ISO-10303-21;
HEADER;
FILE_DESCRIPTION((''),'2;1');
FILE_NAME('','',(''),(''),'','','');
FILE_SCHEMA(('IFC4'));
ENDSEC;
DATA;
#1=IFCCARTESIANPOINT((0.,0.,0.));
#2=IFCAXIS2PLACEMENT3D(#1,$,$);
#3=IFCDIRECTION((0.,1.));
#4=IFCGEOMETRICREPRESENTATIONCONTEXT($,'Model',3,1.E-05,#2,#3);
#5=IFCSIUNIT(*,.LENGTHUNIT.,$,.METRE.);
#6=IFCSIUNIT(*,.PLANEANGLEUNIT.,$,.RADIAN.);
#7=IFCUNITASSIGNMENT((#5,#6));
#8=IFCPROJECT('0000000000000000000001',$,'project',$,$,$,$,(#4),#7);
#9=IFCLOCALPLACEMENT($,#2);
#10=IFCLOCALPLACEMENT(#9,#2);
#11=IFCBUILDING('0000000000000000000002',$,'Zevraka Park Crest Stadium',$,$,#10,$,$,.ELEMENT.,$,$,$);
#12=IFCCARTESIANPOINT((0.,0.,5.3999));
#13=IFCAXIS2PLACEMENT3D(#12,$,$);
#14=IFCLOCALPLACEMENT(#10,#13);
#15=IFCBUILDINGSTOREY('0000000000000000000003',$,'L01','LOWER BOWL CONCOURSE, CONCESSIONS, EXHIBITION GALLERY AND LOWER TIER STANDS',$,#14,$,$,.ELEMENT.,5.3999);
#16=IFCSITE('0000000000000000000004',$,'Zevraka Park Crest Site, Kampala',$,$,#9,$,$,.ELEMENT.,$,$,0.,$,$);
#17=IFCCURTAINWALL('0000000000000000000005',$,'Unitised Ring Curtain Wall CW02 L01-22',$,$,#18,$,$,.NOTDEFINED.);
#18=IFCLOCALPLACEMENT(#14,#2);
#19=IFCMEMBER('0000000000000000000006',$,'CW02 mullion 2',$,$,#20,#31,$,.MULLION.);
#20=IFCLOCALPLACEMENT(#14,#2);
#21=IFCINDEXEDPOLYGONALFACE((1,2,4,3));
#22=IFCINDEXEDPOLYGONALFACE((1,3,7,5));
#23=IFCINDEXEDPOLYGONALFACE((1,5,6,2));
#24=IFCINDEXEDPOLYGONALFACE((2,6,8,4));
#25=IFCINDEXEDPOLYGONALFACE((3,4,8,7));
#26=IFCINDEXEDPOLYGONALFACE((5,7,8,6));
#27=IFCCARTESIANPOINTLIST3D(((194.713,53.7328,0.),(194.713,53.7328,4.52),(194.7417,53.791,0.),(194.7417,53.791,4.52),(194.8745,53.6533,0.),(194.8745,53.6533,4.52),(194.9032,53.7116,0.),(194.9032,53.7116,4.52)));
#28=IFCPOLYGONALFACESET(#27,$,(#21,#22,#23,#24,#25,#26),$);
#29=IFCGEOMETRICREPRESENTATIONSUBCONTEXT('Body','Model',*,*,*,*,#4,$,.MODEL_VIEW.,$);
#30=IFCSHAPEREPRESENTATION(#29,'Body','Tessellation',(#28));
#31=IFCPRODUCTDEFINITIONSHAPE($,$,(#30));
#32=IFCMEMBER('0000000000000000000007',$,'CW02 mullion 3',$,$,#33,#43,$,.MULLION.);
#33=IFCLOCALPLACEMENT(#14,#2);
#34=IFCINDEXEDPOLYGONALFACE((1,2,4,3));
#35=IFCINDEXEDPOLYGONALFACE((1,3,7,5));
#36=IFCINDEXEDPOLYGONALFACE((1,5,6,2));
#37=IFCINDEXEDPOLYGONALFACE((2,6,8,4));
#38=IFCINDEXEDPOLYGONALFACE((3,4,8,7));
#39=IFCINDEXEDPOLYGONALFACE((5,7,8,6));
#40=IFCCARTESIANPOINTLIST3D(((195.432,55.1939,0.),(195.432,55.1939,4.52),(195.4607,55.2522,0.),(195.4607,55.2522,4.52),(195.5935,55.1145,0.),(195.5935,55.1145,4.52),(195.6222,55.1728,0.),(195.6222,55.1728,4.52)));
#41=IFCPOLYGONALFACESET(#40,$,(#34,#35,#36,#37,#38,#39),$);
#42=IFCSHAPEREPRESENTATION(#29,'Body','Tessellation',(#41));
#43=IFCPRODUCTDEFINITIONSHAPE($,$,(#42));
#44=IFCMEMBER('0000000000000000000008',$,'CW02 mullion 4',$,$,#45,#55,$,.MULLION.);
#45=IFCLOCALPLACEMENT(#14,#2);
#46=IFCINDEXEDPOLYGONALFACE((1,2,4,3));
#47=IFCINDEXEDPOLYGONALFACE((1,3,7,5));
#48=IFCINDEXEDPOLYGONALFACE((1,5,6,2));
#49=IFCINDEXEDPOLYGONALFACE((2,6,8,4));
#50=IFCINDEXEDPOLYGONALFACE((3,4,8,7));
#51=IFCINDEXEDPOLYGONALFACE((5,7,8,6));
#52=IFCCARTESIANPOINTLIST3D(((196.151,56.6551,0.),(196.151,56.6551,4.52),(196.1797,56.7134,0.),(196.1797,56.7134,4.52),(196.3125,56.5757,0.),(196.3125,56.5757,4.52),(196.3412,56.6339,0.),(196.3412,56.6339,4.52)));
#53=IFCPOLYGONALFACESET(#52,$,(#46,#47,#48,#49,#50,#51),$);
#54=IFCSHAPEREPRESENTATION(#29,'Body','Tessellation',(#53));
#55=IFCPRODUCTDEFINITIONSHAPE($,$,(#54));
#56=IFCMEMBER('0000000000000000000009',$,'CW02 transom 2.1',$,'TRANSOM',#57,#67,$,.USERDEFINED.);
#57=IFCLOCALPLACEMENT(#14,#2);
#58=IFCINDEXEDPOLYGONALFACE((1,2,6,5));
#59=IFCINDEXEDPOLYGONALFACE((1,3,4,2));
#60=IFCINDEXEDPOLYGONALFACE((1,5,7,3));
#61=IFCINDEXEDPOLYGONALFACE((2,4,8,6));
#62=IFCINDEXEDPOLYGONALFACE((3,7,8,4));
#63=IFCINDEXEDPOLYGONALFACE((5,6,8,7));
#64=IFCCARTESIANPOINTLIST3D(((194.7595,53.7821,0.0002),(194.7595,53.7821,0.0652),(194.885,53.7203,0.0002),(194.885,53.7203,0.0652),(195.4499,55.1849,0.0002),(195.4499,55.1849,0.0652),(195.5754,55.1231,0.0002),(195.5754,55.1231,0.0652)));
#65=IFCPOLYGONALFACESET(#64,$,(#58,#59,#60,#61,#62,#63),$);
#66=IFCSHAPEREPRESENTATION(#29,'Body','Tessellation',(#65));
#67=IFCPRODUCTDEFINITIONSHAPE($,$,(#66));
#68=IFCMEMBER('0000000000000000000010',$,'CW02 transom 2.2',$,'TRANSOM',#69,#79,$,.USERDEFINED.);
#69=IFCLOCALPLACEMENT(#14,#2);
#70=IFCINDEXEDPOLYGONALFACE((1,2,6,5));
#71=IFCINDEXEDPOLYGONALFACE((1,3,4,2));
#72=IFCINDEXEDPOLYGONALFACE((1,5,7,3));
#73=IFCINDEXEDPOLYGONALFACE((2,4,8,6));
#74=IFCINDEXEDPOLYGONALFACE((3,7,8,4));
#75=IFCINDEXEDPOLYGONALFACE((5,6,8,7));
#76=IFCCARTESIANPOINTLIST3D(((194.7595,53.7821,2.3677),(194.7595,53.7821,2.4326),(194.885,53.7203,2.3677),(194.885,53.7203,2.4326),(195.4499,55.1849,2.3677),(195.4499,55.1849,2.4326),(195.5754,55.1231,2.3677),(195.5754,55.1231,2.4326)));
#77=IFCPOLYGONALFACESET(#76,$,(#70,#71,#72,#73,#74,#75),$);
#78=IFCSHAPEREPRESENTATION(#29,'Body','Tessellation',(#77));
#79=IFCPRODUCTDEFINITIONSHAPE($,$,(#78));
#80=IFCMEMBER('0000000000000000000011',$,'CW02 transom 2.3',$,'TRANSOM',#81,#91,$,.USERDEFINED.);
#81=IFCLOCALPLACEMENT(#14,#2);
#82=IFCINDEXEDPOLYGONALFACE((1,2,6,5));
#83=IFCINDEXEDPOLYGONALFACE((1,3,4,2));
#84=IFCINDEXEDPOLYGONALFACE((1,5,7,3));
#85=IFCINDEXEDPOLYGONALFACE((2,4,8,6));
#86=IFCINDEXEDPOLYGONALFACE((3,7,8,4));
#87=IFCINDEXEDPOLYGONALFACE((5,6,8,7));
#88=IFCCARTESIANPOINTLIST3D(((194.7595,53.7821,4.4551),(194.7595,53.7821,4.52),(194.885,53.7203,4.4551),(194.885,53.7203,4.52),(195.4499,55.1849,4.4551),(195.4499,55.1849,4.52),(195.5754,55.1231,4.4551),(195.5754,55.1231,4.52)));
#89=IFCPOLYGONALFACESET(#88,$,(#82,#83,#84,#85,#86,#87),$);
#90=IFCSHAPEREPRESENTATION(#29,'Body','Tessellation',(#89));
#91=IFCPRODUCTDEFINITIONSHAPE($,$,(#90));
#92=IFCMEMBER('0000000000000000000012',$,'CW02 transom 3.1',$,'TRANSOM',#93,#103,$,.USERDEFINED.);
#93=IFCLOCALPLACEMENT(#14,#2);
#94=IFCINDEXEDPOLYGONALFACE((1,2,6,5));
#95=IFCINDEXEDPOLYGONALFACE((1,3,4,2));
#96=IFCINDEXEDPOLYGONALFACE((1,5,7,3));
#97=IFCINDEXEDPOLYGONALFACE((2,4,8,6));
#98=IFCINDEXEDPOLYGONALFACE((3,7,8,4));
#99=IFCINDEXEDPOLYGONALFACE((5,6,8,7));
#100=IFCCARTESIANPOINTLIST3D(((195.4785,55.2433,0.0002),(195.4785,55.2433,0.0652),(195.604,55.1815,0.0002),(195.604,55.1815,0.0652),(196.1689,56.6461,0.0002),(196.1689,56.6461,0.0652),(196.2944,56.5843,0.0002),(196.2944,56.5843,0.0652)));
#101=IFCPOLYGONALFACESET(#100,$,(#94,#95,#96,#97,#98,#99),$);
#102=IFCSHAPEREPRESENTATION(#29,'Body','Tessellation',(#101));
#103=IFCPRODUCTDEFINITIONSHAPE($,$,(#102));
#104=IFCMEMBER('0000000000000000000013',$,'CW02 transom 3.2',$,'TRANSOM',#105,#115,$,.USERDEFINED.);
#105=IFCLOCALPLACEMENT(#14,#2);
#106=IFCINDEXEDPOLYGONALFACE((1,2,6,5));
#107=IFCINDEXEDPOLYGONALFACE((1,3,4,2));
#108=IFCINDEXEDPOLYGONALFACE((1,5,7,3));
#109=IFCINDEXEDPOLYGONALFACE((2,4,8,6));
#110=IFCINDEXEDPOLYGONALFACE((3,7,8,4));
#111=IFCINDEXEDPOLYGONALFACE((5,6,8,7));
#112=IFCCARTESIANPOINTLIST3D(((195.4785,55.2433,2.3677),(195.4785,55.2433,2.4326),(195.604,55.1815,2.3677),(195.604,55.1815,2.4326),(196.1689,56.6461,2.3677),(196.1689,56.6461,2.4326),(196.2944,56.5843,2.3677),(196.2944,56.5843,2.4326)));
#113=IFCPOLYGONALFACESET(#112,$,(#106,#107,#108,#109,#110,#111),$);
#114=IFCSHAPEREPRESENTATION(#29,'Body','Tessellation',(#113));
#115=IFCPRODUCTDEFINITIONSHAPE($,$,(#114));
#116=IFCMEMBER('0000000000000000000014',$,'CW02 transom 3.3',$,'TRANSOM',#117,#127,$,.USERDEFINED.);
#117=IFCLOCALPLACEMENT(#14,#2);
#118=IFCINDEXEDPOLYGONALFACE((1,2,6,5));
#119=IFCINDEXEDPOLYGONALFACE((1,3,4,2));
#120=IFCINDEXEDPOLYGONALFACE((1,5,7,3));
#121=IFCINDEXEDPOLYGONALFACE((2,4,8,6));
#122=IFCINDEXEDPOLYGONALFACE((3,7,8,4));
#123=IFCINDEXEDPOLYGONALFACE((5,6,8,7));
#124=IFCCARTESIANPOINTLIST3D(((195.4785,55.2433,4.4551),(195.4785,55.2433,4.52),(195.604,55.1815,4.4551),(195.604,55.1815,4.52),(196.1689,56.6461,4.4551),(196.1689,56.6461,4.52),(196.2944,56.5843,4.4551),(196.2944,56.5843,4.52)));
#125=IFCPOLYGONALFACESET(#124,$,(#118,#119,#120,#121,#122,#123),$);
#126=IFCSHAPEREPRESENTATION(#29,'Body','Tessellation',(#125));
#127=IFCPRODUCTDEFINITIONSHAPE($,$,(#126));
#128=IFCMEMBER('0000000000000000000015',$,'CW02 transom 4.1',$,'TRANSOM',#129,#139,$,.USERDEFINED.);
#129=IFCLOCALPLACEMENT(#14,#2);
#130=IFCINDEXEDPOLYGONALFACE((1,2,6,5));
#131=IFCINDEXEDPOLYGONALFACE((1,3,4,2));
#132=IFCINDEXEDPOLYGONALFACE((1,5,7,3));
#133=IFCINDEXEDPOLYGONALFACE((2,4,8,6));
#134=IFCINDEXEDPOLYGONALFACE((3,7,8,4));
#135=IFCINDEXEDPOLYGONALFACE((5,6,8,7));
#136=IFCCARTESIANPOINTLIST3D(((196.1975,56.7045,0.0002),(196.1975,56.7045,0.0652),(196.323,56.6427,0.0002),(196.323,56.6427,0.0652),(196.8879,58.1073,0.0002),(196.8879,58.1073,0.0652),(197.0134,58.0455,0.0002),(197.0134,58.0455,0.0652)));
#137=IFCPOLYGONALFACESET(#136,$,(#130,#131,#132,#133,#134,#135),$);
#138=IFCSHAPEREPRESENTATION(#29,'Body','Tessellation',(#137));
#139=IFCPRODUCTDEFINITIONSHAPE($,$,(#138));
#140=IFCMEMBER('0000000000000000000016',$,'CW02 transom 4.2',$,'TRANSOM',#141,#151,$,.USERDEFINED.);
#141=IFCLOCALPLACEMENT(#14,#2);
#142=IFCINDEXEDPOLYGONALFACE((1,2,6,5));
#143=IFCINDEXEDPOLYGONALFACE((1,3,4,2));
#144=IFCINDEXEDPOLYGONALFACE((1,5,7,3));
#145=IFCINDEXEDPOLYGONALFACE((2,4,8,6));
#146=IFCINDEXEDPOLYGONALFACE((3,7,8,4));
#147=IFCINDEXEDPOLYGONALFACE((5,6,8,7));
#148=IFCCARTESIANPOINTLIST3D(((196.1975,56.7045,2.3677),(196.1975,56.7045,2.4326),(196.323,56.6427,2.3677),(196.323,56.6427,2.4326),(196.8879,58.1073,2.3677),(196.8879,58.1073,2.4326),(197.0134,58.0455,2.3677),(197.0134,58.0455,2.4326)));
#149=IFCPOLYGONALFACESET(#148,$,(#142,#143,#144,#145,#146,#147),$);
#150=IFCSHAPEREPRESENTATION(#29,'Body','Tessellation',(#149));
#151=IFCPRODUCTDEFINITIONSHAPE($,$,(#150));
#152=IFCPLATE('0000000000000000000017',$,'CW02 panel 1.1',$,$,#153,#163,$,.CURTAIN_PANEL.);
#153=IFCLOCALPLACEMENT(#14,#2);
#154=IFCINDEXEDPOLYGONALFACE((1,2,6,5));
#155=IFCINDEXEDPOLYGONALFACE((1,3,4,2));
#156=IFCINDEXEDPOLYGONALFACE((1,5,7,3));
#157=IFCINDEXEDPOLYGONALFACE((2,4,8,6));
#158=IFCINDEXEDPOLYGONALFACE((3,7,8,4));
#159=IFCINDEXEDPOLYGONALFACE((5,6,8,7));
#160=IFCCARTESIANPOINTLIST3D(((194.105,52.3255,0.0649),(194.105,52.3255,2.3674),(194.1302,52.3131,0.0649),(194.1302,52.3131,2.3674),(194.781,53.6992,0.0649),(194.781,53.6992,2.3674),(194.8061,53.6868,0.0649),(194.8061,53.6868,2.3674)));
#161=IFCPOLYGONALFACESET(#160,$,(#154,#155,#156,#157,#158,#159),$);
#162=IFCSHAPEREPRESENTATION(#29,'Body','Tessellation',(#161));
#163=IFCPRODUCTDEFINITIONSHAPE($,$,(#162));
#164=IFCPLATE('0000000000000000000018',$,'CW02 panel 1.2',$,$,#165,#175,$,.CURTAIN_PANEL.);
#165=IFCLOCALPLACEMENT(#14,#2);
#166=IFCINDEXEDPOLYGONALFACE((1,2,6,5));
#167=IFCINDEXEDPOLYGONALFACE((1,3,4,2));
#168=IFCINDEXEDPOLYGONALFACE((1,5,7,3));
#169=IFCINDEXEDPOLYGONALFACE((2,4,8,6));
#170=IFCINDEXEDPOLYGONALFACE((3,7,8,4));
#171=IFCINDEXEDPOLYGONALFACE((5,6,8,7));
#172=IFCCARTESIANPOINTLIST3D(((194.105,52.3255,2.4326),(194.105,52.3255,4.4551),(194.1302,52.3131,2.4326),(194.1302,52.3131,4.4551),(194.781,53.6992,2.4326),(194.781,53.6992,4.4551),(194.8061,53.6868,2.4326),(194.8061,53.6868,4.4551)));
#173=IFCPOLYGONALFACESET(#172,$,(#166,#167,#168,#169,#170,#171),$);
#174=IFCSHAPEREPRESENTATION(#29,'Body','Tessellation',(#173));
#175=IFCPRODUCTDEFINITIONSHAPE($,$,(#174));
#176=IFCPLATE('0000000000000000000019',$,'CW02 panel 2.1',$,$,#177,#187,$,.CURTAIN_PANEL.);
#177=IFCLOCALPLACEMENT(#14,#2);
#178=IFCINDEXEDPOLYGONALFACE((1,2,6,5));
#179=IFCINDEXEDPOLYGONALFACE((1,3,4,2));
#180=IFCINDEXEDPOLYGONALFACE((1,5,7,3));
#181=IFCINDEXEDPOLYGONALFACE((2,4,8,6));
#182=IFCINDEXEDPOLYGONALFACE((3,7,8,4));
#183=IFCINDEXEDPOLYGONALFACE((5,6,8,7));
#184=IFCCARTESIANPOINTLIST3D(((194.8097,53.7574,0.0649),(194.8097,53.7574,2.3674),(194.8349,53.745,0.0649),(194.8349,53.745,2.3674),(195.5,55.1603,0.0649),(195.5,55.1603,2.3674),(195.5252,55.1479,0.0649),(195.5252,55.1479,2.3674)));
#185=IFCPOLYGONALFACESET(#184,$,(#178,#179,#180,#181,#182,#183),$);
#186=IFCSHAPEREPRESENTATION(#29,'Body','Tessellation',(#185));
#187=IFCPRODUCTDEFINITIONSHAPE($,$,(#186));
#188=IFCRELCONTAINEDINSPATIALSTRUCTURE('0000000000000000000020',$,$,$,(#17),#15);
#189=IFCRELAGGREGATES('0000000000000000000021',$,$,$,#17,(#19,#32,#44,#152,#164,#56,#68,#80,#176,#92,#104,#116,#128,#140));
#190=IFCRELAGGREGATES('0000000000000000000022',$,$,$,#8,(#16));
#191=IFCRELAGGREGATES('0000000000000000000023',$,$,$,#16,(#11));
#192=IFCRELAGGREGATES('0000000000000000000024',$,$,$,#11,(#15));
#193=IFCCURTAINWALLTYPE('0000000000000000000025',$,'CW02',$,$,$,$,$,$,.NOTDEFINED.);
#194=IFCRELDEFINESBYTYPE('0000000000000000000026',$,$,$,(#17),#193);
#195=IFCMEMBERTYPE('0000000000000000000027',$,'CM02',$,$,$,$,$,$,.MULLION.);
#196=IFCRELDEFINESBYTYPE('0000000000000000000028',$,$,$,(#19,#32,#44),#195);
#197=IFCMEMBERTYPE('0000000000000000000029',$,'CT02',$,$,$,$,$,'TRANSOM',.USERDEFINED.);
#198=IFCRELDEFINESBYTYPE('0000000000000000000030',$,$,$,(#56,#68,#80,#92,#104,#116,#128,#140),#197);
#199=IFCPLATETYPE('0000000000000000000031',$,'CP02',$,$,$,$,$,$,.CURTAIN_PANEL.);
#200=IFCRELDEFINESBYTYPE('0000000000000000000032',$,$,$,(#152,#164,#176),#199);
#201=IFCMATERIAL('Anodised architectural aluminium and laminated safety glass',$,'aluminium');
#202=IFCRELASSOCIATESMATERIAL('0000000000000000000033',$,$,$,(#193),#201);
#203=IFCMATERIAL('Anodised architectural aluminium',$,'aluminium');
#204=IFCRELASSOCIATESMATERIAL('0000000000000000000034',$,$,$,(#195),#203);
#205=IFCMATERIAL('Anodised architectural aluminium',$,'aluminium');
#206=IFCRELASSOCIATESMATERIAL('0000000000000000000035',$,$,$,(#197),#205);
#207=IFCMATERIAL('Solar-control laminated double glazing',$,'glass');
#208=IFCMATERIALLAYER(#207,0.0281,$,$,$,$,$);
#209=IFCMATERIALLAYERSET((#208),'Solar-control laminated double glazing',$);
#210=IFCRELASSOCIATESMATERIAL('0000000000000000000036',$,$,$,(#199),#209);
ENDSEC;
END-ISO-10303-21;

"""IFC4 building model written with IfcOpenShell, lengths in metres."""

from ifc_helpers import new_model, si_unit, direction, frame, origin, origin_2d, place, context, subcontext, project, spatial, rectangle, extrude, material, layer, layer_set, material_profile, profile_set, type_object, element, aggregate, save


model = new_model("IFC4")

# Units and contexts
model_context = context("Model", 3, precision=1e-05, world=origin(), true_north=direction((0.0, 1.0)))
body_context = subcontext(model_context, "Body", "Model", "MODEL_VIEW")
ifc_project = project(units=[si_unit("LENGTHUNIT", "METRE"), si_unit("PLANEANGLEUNIT", "RADIAN")], contexts=[model_context])

# Site, building, storey
site_placement = place(None, origin())
site = spatial("IfcSite", under=ifc_project, at=site_placement, Name="Zevraka Park Crest Site, Kampala", CompositionType="ELEMENT", RefElevation=0.0)
building_placement = place(site_placement, origin())
building = spatial("IfcBuilding", under=site, at=building_placement, Name="Zevraka Park Crest Stadium", CompositionType="ELEMENT")
storey_placement = place(building_placement, frame((0.0, 0.0, 5.3999)))
storey = spatial("IfcBuildingStorey", under=building, at=storey_placement, Name="L01", Description="LOWER BOWL CONCOURSE, CONCESSIONS, EXHIBITION GALLERY AND LOWER TIER STANDS", CompositionType="ELEMENT", Elevation=5.3999)

# Curtain wall, members, plates
ifc_material_1 = material(Name="Anodised architectural aluminium and laminated safety glass", Category="aluminium")
curtain_wall_type = type_object("IfcCurtainWallType", Name="CW02", PredefinedType="NOTDEFINED", material=ifc_material_1)
curtain_wall_placement = place(storey_placement, origin())
curtain_wall = element("IfcCurtainWall", 1, at=curtain_wall_placement, inside=storey, type_object=curtain_wall_type, Name="Unitised Ring Curtain Wall CW02 L01-22", PredefinedType="NOTDEFINED")
ifc_material_2 = material(Name="Anodised architectural aluminium", Category="aluminium")
ifc_material_profile_1 = material_profile(ifc_material_2, rectangle(XDim=0.1799, YDim=0.0649, at=origin_2d()), Name="ALU MULLION 180x65")
ifc_profile_set_1 = profile_set([ifc_material_profile_1], Name="Anodised architectural aluminium")
member_type_1 = type_object("IfcMemberType", Name="CM02", PredefinedType="MULLION", material=ifc_profile_set_1)
member_1_placement = place(storey_placement, frame((194.8081, 53.7222, 0.0), z_axis=(0.0, 0.0, 1.0), x_axis=(-0.897253, 0.441517, 0.0)))
member_1 = element("IfcMember", 2, at=member_1_placement, type_object=member_type_1, Name="CW02 mullion 2", PredefinedType="MULLION", context=body_context, shape_type="SweptSolid", body=[
    extrude(rectangle(XDim=0.1799, YDim=0.0649, at=origin_2d()), origin(), (0.0, 0.0, 1.0), 4.52),
])
member_2_placement = place(storey_placement, frame((195.5271, 55.1833, 0.0), z_axis=(0.0, 0.0, 1.0), x_axis=(-0.897253, 0.441517, 0.0)))
member_2 = element("IfcMember", 3, at=member_2_placement, type_object=member_type_1, Name="CW02 mullion 3", PredefinedType="MULLION", context=body_context, shape_type="SweptSolid", body=[
    extrude(rectangle(XDim=0.1799, YDim=0.0649, at=origin_2d()), origin(), (0.0, 0.0, 1.0), 4.52),
])
member_3_placement = place(storey_placement, frame((196.2461, 56.6445, 0.0), z_axis=(0.0, 0.0, 1.0), x_axis=(-0.897253, 0.441517, 0.0)))
member_3 = element("IfcMember", 4, at=member_3_placement, type_object=member_type_1, Name="CW02 mullion 4", PredefinedType="MULLION", context=body_context, shape_type="SweptSolid", body=[
    extrude(rectangle(XDim=0.1799, YDim=0.0649, at=origin_2d()), origin(), (0.0, 0.0, 1.0), 4.52),
])
ifc_material_3 = material(Name="Anodised architectural aluminium", Category="aluminium")
ifc_material_profile_2 = material_profile(ifc_material_3, rectangle(XDim=0.1399, YDim=0.0649, at=origin_2d()), Name="ALU TRANSOM 140x65")
ifc_profile_set_2 = profile_set([ifc_material_profile_2], Name="Anodised architectural aluminium")
member_type_2 = type_object("IfcMemberType", Name="CT02", ElementType="TRANSOM", PredefinedType="USERDEFINED", material=ifc_profile_set_2)
member_4_placement = place(storey_placement, frame((194.8223, 53.7512, 0.0327), z_axis=(0.441583, 0.89722, 0.0), x_axis=(-0.89722, 0.441583, 0.0)))
member_4 = element("IfcMember", 5, at=member_4_placement, type_object=member_type_2, Name="CW02 transom 2.1", ObjectType="TRANSOM", PredefinedType="USERDEFINED", context=body_context, shape_type="SweptSolid", body=[
    extrude(rectangle(XDim=0.1399, YDim=0.0649, at=origin_2d()), origin(), (0.0, 0.0, 1.0), 1.5635),
])
member_5_placement = place(storey_placement, frame((194.8223, 53.7512, 2.4001), z_axis=(0.441583, 0.89722, 0.0), x_axis=(-0.89722, 0.441583, 0.0)))
member_5 = element("IfcMember", 6, at=member_5_placement, type_object=member_type_2, Name="CW02 transom 2.2", ObjectType="TRANSOM", PredefinedType="USERDEFINED", context=body_context, shape_type="SweptSolid", body=[
    extrude(rectangle(XDim=0.1399, YDim=0.0649, at=origin_2d()), origin(), (0.0, 0.0, 1.0), 1.5635),
])
member_6_placement = place(storey_placement, frame((194.8223, 53.7512, 4.4875), z_axis=(0.441583, 0.89722, 0.0), x_axis=(-0.89722, 0.441583, 0.0)))
member_6 = element("IfcMember", 7, at=member_6_placement, type_object=member_type_2, Name="CW02 transom 2.3", ObjectType="TRANSOM", PredefinedType="USERDEFINED", context=body_context, shape_type="SweptSolid", body=[
    extrude(rectangle(XDim=0.1399, YDim=0.0649, at=origin_2d()), origin(), (0.0, 0.0, 1.0), 1.5635),
])
member_7_placement = place(storey_placement, frame((195.5413, 55.2124, 0.0327), z_axis=(0.441583, 0.89722, 0.0), x_axis=(-0.89722, 0.441583, 0.0)))
member_7 = element("IfcMember", 8, at=member_7_placement, type_object=member_type_2, Name="CW02 transom 3.1", ObjectType="TRANSOM", PredefinedType="USERDEFINED", context=body_context, shape_type="SweptSolid", body=[
    extrude(rectangle(XDim=0.1399, YDim=0.0649, at=origin_2d()), origin(), (0.0, 0.0, 1.0), 1.5635),
])
member_8_placement = place(storey_placement, frame((195.5413, 55.2124, 2.4001), z_axis=(0.441583, 0.89722, 0.0), x_axis=(-0.89722, 0.441583, 0.0)))
member_8 = element("IfcMember", 9, at=member_8_placement, type_object=member_type_2, Name="CW02 transom 3.2", ObjectType="TRANSOM", PredefinedType="USERDEFINED", context=body_context, shape_type="SweptSolid", body=[
    extrude(rectangle(XDim=0.1399, YDim=0.0649, at=origin_2d()), origin(), (0.0, 0.0, 1.0), 1.5635),
])
member_9_placement = place(storey_placement, frame((195.5413, 55.2124, 4.4875), z_axis=(0.441583, 0.89722, 0.0), x_axis=(-0.89722, 0.441583, 0.0)))
member_9 = element("IfcMember", 10, at=member_9_placement, type_object=member_type_2, Name="CW02 transom 3.3", ObjectType="TRANSOM", PredefinedType="USERDEFINED", context=body_context, shape_type="SweptSolid", body=[
    extrude(rectangle(XDim=0.1399, YDim=0.0649, at=origin_2d()), origin(), (0.0, 0.0, 1.0), 1.5635),
])
member_10_placement = place(storey_placement, frame((196.2603, 56.6736, 0.0327), z_axis=(0.441583, 0.89722, 0.0), x_axis=(-0.89722, 0.441583, 0.0)))
member_10 = element("IfcMember", 11, at=member_10_placement, type_object=member_type_2, Name="CW02 transom 4.1", ObjectType="TRANSOM", PredefinedType="USERDEFINED", context=body_context, shape_type="SweptSolid", body=[
    extrude(rectangle(XDim=0.1399, YDim=0.0649, at=origin_2d()), origin(), (0.0, 0.0, 1.0), 1.5635),
])
member_11_placement = place(storey_placement, frame((196.2603, 56.6736, 2.4001), z_axis=(0.441583, 0.89722, 0.0), x_axis=(-0.89722, 0.441583, 0.0)))
member_11 = element("IfcMember", 12, at=member_11_placement, type_object=member_type_2, Name="CW02 transom 4.2", ObjectType="TRANSOM", PredefinedType="USERDEFINED", context=body_context, shape_type="SweptSolid", body=[
    extrude(rectangle(XDim=0.1399, YDim=0.0649, at=origin_2d()), origin(), (0.0, 0.0, 1.0), 1.5635),
])
ifc_material_4 = material(Name="Solar-control laminated double glazing", Category="glass")
ifc_layer_1 = layer(ifc_material_4, 0.0281)
ifc_layer_set_1 = layer_set([ifc_layer_1], Name="Solar-control laminated double glazing")
plate_type = type_object("IfcPlateType", Name="CP02", PredefinedType="CURTAIN_PANEL", material=ifc_layer_set_1)
plate_1_placement = place(storey_placement, frame((194.4556, 53.0061, 0.0649), z_axis=(0.0, 0.0, 1.0), x_axis=(0.441517, 0.897253, 0.0)))
plate_1 = element("IfcPlate", 13, at=plate_1_placement, type_object=plate_type, Name="CW02 panel 1.1", PredefinedType="CURTAIN_PANEL", context=body_context, shape_type="SweptSolid", body=[
    extrude(rectangle(XDim=1.531, YDim=0.0281, at=origin_2d()), origin(), (0.0, 0.0, 1.0), 2.3025),
])
plate_2_placement = place(storey_placement, frame((194.4556, 53.0061, 2.4326), z_axis=(0.0, 0.0, 1.0), x_axis=(0.441517, 0.897253, 0.0)))
plate_2 = element("IfcPlate", 14, at=plate_2_placement, type_object=plate_type, Name="CW02 panel 1.2", PredefinedType="CURTAIN_PANEL", context=body_context, shape_type="SweptSolid", body=[
    extrude(rectangle(XDim=1.531, YDim=0.0281, at=origin_2d()), origin(), (0.0, 0.0, 1.0), 2.0225),
])
plate_3_placement = place(storey_placement, frame((195.1675, 54.4526, 0.0649), z_axis=(0.0, 0.0, 1.0), x_axis=(0.441517, 0.897253, 0.0)))
plate_3 = element("IfcPlate", 15, at=plate_3_placement, type_object=plate_type, Name="CW02 panel 2.1", PredefinedType="CURTAIN_PANEL", context=body_context, shape_type="SweptSolid", body=[
    extrude(rectangle(XDim=1.5635, YDim=0.0281, at=origin_2d()), origin(), (0.0, 0.0, 1.0), 2.3025),
])
aggregate(curtain_wall, [member_1, member_2, member_3, plate_1, plate_2, member_4, member_5, member_6, plate_3, member_7, member_8, member_9, member_10, member_11])

save(model, "model.ifc")
